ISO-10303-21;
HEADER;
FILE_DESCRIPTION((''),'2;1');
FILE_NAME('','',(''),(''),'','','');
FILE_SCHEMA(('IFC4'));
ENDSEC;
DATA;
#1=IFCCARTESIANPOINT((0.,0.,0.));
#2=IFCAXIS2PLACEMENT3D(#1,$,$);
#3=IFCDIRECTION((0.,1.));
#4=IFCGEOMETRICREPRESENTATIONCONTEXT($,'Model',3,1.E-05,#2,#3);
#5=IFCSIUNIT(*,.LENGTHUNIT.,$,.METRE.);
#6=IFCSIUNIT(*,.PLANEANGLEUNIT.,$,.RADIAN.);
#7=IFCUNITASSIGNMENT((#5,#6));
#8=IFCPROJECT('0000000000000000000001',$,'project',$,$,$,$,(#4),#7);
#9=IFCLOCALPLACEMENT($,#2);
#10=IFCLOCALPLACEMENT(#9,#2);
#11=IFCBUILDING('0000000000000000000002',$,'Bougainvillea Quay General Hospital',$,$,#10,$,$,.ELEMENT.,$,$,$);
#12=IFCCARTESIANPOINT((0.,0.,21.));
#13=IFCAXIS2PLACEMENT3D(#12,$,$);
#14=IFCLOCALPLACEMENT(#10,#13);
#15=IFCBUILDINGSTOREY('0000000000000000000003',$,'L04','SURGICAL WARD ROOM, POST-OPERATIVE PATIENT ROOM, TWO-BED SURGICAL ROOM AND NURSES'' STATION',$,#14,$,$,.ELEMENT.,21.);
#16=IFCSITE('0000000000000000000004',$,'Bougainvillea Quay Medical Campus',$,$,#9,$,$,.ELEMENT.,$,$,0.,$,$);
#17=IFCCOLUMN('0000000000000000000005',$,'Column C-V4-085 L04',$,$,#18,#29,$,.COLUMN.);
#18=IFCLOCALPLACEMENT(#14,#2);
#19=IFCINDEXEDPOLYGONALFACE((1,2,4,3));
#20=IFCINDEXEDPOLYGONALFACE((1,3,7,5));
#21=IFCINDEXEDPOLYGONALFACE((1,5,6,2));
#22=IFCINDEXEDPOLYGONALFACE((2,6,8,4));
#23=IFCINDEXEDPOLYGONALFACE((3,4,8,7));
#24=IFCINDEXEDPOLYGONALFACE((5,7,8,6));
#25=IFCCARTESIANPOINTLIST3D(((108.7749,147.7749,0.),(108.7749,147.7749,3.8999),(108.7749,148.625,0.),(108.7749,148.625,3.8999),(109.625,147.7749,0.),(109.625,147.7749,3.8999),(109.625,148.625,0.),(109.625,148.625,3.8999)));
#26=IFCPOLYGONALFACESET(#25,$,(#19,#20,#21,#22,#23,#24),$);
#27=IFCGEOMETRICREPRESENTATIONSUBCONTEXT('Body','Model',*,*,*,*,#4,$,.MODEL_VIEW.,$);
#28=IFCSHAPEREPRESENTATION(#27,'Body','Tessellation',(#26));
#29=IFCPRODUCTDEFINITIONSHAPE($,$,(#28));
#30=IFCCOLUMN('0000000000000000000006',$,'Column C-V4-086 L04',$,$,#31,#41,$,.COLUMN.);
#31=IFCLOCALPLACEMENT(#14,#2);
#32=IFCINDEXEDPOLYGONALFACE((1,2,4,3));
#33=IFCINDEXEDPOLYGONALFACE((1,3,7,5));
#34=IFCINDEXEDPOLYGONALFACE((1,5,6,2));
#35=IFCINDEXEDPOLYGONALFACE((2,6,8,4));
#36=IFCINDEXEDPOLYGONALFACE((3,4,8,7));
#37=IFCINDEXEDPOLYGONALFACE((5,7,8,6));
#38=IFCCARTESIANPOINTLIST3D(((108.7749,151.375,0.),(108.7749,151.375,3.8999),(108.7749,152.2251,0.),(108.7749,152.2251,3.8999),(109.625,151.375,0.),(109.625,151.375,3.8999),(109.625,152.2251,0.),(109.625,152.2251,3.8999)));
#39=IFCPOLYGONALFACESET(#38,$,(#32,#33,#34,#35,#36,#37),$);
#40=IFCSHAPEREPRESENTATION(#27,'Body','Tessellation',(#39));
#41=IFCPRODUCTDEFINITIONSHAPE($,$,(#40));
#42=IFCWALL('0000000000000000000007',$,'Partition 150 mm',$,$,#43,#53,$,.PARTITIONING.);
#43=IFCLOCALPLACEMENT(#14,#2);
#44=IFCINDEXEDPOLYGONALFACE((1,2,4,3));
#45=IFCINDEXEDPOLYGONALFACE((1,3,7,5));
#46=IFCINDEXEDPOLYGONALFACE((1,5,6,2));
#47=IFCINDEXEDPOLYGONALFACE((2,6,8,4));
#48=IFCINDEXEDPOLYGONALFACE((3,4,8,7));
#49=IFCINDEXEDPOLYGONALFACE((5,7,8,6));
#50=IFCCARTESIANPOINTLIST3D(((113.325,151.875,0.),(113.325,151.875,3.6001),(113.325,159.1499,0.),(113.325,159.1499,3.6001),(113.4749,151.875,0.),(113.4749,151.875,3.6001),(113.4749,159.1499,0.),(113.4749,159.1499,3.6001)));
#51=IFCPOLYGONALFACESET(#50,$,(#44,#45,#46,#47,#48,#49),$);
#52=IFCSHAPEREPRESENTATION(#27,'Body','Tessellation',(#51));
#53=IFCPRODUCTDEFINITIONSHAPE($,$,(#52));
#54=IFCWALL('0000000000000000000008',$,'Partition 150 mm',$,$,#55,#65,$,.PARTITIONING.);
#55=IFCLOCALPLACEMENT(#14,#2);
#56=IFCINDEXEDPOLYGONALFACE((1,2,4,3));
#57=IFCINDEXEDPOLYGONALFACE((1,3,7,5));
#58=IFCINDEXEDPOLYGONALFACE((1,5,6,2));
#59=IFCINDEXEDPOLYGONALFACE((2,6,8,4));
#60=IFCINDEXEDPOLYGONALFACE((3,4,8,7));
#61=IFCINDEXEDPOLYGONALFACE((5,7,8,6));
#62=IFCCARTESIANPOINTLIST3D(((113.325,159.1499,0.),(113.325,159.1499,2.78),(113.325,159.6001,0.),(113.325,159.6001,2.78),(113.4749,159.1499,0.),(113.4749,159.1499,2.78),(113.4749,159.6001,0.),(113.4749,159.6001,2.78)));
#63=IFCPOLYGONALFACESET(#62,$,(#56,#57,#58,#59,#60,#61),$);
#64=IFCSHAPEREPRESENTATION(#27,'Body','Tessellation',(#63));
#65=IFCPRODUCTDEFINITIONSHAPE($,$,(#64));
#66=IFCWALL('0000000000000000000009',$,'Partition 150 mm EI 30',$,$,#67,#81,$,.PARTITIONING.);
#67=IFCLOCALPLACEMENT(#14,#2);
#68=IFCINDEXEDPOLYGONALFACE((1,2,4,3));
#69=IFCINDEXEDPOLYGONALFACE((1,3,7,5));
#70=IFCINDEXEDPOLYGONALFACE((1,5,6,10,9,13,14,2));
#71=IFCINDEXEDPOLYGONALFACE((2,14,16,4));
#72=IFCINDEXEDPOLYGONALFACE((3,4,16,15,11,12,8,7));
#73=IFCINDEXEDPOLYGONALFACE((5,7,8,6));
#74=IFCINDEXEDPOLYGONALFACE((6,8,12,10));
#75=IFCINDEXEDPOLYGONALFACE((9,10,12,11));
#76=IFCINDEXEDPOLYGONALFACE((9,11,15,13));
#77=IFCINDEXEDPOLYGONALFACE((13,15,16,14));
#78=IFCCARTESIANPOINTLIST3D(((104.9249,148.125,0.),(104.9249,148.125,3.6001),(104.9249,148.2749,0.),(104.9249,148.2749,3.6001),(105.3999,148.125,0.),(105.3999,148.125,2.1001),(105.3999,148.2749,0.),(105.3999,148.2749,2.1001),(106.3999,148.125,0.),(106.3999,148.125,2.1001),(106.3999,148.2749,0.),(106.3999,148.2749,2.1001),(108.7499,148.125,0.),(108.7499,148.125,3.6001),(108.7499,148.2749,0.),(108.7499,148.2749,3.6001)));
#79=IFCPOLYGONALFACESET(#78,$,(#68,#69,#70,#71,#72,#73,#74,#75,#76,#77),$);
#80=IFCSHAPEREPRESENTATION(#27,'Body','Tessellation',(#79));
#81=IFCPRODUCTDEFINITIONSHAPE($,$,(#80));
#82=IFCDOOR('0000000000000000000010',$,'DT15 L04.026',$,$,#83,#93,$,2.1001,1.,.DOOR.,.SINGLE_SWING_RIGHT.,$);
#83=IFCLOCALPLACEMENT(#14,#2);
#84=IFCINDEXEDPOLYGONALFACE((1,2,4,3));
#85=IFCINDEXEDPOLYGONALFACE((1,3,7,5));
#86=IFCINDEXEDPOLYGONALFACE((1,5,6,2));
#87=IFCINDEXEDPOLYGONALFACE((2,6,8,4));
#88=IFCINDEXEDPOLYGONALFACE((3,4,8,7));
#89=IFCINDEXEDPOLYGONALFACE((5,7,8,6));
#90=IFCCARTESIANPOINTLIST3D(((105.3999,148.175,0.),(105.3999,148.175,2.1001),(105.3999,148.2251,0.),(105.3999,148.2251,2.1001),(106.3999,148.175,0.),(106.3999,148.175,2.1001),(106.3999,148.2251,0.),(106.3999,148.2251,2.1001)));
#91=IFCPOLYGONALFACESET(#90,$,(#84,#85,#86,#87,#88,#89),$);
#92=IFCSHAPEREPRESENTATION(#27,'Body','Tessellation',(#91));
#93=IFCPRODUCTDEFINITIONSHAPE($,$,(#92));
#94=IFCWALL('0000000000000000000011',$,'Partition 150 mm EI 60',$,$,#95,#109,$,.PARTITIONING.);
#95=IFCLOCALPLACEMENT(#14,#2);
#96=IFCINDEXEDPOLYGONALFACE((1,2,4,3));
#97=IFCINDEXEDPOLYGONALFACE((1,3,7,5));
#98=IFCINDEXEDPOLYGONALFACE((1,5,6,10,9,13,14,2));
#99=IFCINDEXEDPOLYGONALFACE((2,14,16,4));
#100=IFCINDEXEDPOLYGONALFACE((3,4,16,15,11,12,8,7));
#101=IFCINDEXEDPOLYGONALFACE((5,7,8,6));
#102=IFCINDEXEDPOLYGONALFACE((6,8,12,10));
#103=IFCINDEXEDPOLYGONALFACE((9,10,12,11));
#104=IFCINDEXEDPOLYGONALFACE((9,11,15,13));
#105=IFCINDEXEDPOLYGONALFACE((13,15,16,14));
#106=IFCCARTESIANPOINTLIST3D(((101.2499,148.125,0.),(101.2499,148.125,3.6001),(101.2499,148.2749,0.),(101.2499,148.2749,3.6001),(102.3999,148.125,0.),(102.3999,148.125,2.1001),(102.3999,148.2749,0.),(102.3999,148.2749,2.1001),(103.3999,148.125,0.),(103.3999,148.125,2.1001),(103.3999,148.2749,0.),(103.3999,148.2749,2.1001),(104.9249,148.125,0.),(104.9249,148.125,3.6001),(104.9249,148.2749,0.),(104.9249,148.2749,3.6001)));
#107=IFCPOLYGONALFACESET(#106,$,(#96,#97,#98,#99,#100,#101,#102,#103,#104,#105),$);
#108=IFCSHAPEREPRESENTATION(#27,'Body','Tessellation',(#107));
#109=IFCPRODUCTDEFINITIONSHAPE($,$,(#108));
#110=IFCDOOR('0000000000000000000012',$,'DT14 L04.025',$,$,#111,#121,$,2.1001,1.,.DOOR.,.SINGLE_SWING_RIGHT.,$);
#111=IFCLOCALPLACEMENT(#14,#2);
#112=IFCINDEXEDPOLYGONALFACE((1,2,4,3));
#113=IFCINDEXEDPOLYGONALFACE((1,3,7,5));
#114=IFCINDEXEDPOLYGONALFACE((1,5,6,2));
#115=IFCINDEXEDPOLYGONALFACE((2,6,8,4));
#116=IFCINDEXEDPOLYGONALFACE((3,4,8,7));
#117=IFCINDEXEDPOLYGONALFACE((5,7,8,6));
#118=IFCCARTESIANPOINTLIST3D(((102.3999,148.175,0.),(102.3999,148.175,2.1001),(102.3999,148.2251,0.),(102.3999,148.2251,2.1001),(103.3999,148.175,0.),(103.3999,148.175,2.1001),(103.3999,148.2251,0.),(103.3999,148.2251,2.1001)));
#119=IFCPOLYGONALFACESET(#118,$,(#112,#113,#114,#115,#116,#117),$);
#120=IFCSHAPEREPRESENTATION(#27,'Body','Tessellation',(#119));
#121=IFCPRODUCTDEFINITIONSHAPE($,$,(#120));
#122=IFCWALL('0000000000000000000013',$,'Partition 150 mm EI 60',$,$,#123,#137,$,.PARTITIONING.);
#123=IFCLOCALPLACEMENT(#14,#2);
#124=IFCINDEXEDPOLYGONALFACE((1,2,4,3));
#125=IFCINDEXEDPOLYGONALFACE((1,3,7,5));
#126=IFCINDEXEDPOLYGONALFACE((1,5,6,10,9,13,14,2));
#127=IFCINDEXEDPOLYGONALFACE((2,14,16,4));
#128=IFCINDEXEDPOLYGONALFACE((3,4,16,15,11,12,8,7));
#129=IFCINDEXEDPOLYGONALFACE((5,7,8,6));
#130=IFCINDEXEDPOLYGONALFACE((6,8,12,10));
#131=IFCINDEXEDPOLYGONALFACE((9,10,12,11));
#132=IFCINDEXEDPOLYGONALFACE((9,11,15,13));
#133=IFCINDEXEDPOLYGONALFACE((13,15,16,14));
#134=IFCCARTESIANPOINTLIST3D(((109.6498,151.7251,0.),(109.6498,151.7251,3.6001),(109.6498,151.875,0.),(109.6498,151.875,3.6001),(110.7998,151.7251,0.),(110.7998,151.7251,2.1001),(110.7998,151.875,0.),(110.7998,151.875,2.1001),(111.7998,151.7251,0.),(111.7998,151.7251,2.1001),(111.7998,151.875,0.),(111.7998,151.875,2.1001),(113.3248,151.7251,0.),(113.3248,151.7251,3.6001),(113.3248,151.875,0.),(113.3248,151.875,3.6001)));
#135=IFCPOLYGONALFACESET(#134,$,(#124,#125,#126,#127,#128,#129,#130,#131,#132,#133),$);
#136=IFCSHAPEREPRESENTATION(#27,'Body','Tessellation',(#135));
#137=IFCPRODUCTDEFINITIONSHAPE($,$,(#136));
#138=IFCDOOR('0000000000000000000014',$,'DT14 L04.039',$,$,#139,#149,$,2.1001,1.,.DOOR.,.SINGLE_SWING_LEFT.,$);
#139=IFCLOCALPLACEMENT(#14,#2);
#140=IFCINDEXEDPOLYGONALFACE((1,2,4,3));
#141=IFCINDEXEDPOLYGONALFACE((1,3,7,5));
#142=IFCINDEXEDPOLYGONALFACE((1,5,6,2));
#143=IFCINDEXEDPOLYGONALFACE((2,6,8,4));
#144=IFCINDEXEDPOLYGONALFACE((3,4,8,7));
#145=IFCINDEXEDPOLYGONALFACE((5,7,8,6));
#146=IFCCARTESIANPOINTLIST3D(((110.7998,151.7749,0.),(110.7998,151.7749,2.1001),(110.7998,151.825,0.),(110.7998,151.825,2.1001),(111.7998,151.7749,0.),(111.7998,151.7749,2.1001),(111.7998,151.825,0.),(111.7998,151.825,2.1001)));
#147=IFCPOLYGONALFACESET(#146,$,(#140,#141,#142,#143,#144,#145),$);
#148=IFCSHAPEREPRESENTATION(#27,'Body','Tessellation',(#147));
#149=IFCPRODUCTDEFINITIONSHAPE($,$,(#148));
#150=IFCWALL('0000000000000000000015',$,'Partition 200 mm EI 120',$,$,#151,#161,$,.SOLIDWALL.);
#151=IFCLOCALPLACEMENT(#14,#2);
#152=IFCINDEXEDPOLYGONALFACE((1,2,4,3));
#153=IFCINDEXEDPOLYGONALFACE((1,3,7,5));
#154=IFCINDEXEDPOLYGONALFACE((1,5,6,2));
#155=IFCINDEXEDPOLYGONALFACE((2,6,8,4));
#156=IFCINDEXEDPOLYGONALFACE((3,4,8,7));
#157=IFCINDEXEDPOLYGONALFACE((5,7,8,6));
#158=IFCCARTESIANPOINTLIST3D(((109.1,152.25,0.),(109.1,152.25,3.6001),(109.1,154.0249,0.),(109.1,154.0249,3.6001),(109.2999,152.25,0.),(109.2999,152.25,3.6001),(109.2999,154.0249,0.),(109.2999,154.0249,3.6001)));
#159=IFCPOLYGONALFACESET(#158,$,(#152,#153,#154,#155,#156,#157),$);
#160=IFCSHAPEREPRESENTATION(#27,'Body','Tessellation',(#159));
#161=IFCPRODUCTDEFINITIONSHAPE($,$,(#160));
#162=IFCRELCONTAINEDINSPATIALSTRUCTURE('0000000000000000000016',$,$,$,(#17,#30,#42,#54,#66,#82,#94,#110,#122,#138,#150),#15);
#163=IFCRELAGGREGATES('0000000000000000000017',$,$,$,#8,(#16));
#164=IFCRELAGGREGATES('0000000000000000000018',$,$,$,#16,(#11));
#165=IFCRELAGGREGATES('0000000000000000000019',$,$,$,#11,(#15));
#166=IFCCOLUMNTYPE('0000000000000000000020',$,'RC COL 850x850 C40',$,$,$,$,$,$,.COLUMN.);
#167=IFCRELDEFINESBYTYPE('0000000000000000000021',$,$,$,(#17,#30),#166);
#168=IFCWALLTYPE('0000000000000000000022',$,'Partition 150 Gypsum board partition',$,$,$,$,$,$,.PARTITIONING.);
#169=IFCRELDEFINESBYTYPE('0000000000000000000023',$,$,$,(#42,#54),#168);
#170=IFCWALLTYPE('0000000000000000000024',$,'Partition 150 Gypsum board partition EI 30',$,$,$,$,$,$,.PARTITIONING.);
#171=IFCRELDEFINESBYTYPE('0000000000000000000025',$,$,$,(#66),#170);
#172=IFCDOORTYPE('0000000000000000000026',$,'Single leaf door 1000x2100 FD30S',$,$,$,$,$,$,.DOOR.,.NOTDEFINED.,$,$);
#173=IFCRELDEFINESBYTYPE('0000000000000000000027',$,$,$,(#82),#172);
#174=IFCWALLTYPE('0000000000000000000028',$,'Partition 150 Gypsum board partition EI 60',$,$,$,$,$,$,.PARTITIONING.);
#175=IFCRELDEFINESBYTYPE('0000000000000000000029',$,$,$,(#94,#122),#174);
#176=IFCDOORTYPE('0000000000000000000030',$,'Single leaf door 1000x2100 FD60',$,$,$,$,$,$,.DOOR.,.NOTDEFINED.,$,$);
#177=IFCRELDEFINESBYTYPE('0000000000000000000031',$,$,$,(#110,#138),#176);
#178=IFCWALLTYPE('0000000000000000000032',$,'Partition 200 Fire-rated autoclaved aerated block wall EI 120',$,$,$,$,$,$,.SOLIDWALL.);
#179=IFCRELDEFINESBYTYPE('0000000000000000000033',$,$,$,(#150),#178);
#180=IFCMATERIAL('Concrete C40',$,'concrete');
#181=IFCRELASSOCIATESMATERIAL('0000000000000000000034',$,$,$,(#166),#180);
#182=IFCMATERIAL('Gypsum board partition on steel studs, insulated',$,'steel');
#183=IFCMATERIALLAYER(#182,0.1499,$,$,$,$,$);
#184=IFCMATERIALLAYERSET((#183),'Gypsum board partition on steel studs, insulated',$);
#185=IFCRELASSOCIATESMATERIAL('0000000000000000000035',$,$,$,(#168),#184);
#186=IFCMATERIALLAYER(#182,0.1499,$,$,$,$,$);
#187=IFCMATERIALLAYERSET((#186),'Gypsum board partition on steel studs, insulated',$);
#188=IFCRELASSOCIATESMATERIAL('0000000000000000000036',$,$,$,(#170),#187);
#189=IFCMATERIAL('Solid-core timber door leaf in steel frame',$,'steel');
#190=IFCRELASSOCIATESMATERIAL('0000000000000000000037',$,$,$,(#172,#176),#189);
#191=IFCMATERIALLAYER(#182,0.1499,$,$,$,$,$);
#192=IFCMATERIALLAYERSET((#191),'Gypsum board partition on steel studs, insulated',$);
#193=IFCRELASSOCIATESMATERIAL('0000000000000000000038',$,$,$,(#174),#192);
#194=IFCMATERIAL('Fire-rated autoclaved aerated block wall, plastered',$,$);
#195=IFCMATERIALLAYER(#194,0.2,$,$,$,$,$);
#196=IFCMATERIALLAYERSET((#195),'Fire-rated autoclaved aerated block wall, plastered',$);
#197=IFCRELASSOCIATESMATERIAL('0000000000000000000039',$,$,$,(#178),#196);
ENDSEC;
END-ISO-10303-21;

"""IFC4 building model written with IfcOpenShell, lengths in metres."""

from ifc_helpers import new_model, si_unit, direction, frame, frame_2d, origin, origin_2d, place, context, subcontext, project, spatial, rectangle, extrude, material, layer, layer_set, material_profile, profile_set, type_object, element, fill, save


model = new_model("IFC4")

# Units and contexts
model_context = context("Model", 3, precision=1e-05, world=origin(), true_north=direction((0.0, 1.0)))
body_context = subcontext(model_context, "Body", "Model", "MODEL_VIEW")
ifc_project = project(units=[si_unit("LENGTHUNIT", "METRE"), si_unit("PLANEANGLEUNIT", "RADIAN")], contexts=[model_context])

# Site, building, storey
site_placement = place(None, origin())
site = spatial("IfcSite", under=ifc_project, at=site_placement, Name="Bougainvillea Quay Medical Campus", CompositionType="ELEMENT", RefElevation=0.0)
building_placement = place(site_placement, origin())
building = spatial("IfcBuilding", under=site, at=building_placement, Name="Bougainvillea Quay General Hospital", CompositionType="ELEMENT")
storey_placement = place(building_placement, frame((0.0, 0.0, 21.0)))
storey = spatial("IfcBuildingStorey", under=building, at=storey_placement, Name="L04", Description="SURGICAL WARD ROOM, POST-OPERATIVE PATIENT ROOM, TWO-BED SURGICAL ROOM AND NURSES' STATION", CompositionType="ELEMENT", Elevation=21.0)

# Columns
ifc_material_1 = material(Name="Concrete C40", Category="concrete")
ifc_material_profile = material_profile(ifc_material_1, rectangle(XDim=0.8501, YDim=0.8501, at=origin_2d()))
ifc_profile_set = profile_set([ifc_material_profile], Name="Concrete C40")
column_type = type_object("IfcColumnType", Name="RC COL 850x850 C40", PredefinedType="COLUMN", material=ifc_profile_set)
for number, where, z_axis, x_axis, name in (
    (1, (109.2, 148.2, 0.0), (0.0, 0.0, 1.0), (1.0, 0.0, 0.0), "Column C-V4-085 L04"),
    (2, (109.2, 151.8, 0.0), (0.0, 0.0, 1.0), (1.0, 0.0, 0.0), "Column C-V4-086 L04"),
):
    element("IfcColumn", number, at=place(storey_placement, frame(where, z_axis=z_axis, x_axis=x_axis)), inside=storey, type_object=column_type, Name=name, PredefinedType="COLUMN", context=body_context, shape_type="SweptSolid", body=[
        extrude(rectangle(XDim=0.8501, YDim=0.8501, at=origin_2d()), origin(), (0.0, 0.0, 1.0), 3.8999),
    ])

# Walls
ifc_material_2 = material(Name="Gypsum board partition on steel studs, insulated", Category="steel")
ifc_layer_1 = layer(ifc_material_2, 0.1499)
ifc_layer_set_1 = layer_set([ifc_layer_1], Name="Gypsum board partition on steel studs, insulated")
wall_type_1 = type_object("IfcWallType", Name="Partition 150 Gypsum board partition", PredefinedType="PARTITIONING", material=ifc_layer_set_1)
wall_1_placement = place(storey_placement, frame((113.3999, 151.875, 0.0), z_axis=(0.0, 0.0, 1.0), x_axis=(0.0, 1.0, 0.0)))
element("IfcWall", 3, at=wall_1_placement, inside=storey, type_object=wall_type_1, Name="Partition 150 mm", PredefinedType="PARTITIONING", context=body_context, shape_type="SweptSolid", body=[
    extrude(rectangle(XDim=7.2749, YDim=0.1499, at=frame_2d((3.6375, 0.0))), origin(), (0.0, 0.0, 1.0), 3.6001),
])
wall_2_placement = place(storey_placement, frame((113.3999, 159.1499, 0.0), z_axis=(0.0, 0.0, 1.0), x_axis=(0.0, 1.0, 0.0)))
element("IfcWall", 4, at=wall_2_placement, inside=storey, type_object=wall_type_1, Name="Partition 150 mm", PredefinedType="PARTITIONING", context=body_context, shape_type="SweptSolid", body=[
    extrude(rectangle(XDim=0.4502, YDim=0.1499, at=frame_2d((0.2251, 0.0))), origin(), (0.0, 0.0, 1.0), 2.78),
])

# Walls, openings, doors
ifc_layer_2 = layer(ifc_material_2, 0.1499)
ifc_layer_set_2 = layer_set([ifc_layer_2], Name="Gypsum board partition on steel studs, insulated")
wall_type_2 = type_object("IfcWallType", Name="Partition 150 Gypsum board partition EI 30", PredefinedType="PARTITIONING", material=ifc_layer_set_2)
wall_3_placement = place(storey_placement, frame((108.75, 148.2, 0.0), z_axis=(0.0, 0.0, 1.0), x_axis=(-1.0, 0.0, 0.0)))
wall_3 = element("IfcWall", 5, at=wall_3_placement, inside=storey, type_object=wall_type_2, Name="Partition 150 mm EI 30", PredefinedType="PARTITIONING", context=body_context, shape_type="SweptSolid", body=[
    extrude(rectangle(XDim=3.825, YDim=0.1499, at=frame_2d((1.9126, 0.0))), origin(), (0.0, 0.0, 1.0), 3.6001),
])
opening_1_placement = place(wall_3_placement, frame((2.3501, 0.0, 0.0)))
opening_1 = element("IfcOpeningElement", 6, at=opening_1_placement, cuts=wall_3, PredefinedType="OPENING", context=body_context, shape_type="SweptSolid", body=[
    extrude(rectangle(XDim=1.0, YDim=2.1001, at=frame_2d((0.5, 1.05))), frame((0.0, 0.085, 0.0), z_axis=(0.0, -1.0, 0.0), x_axis=(1.0, 0.0, 0.0)), (0.0, 0.0, 1.0), 0.1699),
])
ifc_material_3 = material(Name="Solid-core timber door leaf in steel frame", Category="steel")
door_type_1 = type_object("IfcDoorType", Name="Single leaf door 1000x2100 FD30S", OperationType="NOTDEFINED", PredefinedType="DOOR", material=ifc_material_3)
door_1_placement = place(opening_1_placement, origin())
door_1 = element("IfcDoor", 7, at=door_1_placement, inside=storey, type_object=door_type_1, Name="DT15 L04.026", OperationType="SINGLE_SWING_RIGHT", OverallHeight=2.1001, OverallWidth=1.0, PredefinedType="DOOR", context=body_context, shape_type="SweptSolid", body=[
    extrude(rectangle(XDim=1.0, YDim=2.1001, at=frame_2d((0.5, 1.05))), frame((0.0, 0.0249, 0.0), z_axis=(0.0, -1.0, 0.0), x_axis=(1.0, 0.0, 0.0)), (0.0, 0.0, 1.0), 0.05),
])
fill(opening_1, door_1)
ifc_layer_3 = layer(ifc_material_2, 0.1499)
ifc_layer_set_3 = layer_set([ifc_layer_3], Name="Gypsum board partition on steel studs, insulated")
wall_type_3 = type_object("IfcWallType", Name="Partition 150 Gypsum board partition EI 60", PredefinedType="PARTITIONING", material=ifc_layer_set_3)
wall_4_placement = place(storey_placement, frame((101.25, 148.2, 0.0), z_axis=(0.0, 0.0, 1.0), x_axis=(1.0, 0.0, 0.0)))
wall_4 = element("IfcWall", 8, at=wall_4_placement, inside=storey, type_object=wall_type_3, Name="Partition 150 mm EI 60", PredefinedType="PARTITIONING", context=body_context, shape_type="SweptSolid", body=[
    extrude(rectangle(XDim=3.675, YDim=0.1499, at=frame_2d((1.8374, 0.0))), origin(), (0.0, 0.0, 1.0), 3.6001),
])
opening_2_placement = place(wall_4_placement, frame((1.1499, 0.0, 0.0)))
opening_2 = element("IfcOpeningElement", 9, at=opening_2_placement, cuts=wall_4, PredefinedType="OPENING", context=body_context, shape_type="SweptSolid", body=[
    extrude(rectangle(XDim=1.0, YDim=2.1001, at=frame_2d((0.5, 1.05))), frame((0.0, 0.085, 0.0), z_axis=(0.0, -1.0, 0.0), x_axis=(1.0, 0.0, 0.0)), (0.0, 0.0, 1.0), 0.1699),
])
door_type_2 = type_object("IfcDoorType", Name="Single leaf door 1000x2100 FD60", OperationType="NOTDEFINED", PredefinedType="DOOR", material=ifc_material_3)
door_2_placement = place(opening_2_placement, frame((1.0, 0.0, 0.0), z_axis=(0.0, 0.0, 1.0), x_axis=(-1.0, 0.0, 0.0)))
door_2 = element("IfcDoor", 10, at=door_2_placement, inside=storey, type_object=door_type_2, Name="DT14 L04.025", OperationType="SINGLE_SWING_RIGHT", OverallHeight=2.1001, OverallWidth=1.0, PredefinedType="DOOR", context=body_context, shape_type="SweptSolid", body=[
    extrude(rectangle(XDim=1.0, YDim=2.1001, at=frame_2d((0.5, 1.05))), frame((0.0, 0.0249, 0.0), z_axis=(0.0, -1.0, 0.0), x_axis=(1.0, 0.0, 0.0)), (0.0, 0.0, 1.0), 0.05),
])
fill(opening_2, door_2)
wall_5_placement = place(storey_placement, frame((109.6499, 151.8, 0.0), z_axis=(0.0, 0.0, 1.0), x_axis=(1.0, 0.0, 0.0)))
wall_5 = element("IfcWall", 11, at=wall_5_placement, inside=storey, type_object=wall_type_3, Name="Partition 150 mm EI 60", PredefinedType="PARTITIONING", context=body_context, shape_type="SweptSolid", body=[
    extrude(rectangle(XDim=3.675, YDim=0.1499, at=frame_2d((1.8374, 0.0))), origin(), (0.0, 0.0, 1.0), 3.6001),
])
opening_3_placement = place(wall_5_placement, frame((1.1499, 0.0, 0.0)))
opening_3 = element("IfcOpeningElement", 12, at=opening_3_placement, cuts=wall_5, PredefinedType="OPENING", context=body_context, shape_type="SweptSolid", body=[
    extrude(rectangle(XDim=1.0, YDim=2.1001, at=frame_2d((0.5, 1.05))), frame((0.0, 0.085, 0.0), z_axis=(0.0, -1.0, 0.0), x_axis=(1.0, 0.0, 0.0)), (0.0, 0.0, 1.0), 0.1699),
])
door_3_placement = place(opening_3_placement, origin())
door_3 = element("IfcDoor", 13, at=door_3_placement, inside=storey, type_object=door_type_2, Name="DT14 L04.039", OperationType="SINGLE_SWING_LEFT", OverallHeight=2.1001, OverallWidth=1.0, PredefinedType="DOOR", context=body_context, shape_type="SweptSolid", body=[
    extrude(rectangle(XDim=1.0, YDim=2.1001, at=frame_2d((0.5, 1.05))), frame((0.0, 0.0249, 0.0), z_axis=(0.0, -1.0, 0.0), x_axis=(1.0, 0.0, 0.0)), (0.0, 0.0, 1.0), 0.05),
])
fill(opening_3, door_3)

# Wall
ifc_material_4 = material(Name="Fire-rated autoclaved aerated block wall, plastered")
ifc_layer_4 = layer(ifc_material_4, 0.2)
ifc_layer_set_4 = layer_set([ifc_layer_4], Name="Fire-rated autoclaved aerated block wall, plastered")
wall_type_4 = type_object("IfcWallType", Name="Partition 200 Fire-rated autoclaved aerated block wall EI 120", PredefinedType="SOLIDWALL", material=ifc_layer_set_4)
wall_6_placement = place(storey_placement, frame((109.2, 154.0249, 0.0), z_axis=(0.0, 0.0, 1.0), x_axis=(0.0, -1.0, 0.0)))
element("IfcWall", 14, at=wall_6_placement, inside=storey, type_object=wall_type_4, Name="Partition 200 mm EI 120", PredefinedType="SOLIDWALL", context=body_context, shape_type="SweptSolid", body=[
    extrude(rectangle(XDim=1.7749, YDim=0.2, at=frame_2d((0.8875, 0.0))), origin(), (0.0, 0.0, 1.0), 3.6001),
])

save(model, "model.ifc")
